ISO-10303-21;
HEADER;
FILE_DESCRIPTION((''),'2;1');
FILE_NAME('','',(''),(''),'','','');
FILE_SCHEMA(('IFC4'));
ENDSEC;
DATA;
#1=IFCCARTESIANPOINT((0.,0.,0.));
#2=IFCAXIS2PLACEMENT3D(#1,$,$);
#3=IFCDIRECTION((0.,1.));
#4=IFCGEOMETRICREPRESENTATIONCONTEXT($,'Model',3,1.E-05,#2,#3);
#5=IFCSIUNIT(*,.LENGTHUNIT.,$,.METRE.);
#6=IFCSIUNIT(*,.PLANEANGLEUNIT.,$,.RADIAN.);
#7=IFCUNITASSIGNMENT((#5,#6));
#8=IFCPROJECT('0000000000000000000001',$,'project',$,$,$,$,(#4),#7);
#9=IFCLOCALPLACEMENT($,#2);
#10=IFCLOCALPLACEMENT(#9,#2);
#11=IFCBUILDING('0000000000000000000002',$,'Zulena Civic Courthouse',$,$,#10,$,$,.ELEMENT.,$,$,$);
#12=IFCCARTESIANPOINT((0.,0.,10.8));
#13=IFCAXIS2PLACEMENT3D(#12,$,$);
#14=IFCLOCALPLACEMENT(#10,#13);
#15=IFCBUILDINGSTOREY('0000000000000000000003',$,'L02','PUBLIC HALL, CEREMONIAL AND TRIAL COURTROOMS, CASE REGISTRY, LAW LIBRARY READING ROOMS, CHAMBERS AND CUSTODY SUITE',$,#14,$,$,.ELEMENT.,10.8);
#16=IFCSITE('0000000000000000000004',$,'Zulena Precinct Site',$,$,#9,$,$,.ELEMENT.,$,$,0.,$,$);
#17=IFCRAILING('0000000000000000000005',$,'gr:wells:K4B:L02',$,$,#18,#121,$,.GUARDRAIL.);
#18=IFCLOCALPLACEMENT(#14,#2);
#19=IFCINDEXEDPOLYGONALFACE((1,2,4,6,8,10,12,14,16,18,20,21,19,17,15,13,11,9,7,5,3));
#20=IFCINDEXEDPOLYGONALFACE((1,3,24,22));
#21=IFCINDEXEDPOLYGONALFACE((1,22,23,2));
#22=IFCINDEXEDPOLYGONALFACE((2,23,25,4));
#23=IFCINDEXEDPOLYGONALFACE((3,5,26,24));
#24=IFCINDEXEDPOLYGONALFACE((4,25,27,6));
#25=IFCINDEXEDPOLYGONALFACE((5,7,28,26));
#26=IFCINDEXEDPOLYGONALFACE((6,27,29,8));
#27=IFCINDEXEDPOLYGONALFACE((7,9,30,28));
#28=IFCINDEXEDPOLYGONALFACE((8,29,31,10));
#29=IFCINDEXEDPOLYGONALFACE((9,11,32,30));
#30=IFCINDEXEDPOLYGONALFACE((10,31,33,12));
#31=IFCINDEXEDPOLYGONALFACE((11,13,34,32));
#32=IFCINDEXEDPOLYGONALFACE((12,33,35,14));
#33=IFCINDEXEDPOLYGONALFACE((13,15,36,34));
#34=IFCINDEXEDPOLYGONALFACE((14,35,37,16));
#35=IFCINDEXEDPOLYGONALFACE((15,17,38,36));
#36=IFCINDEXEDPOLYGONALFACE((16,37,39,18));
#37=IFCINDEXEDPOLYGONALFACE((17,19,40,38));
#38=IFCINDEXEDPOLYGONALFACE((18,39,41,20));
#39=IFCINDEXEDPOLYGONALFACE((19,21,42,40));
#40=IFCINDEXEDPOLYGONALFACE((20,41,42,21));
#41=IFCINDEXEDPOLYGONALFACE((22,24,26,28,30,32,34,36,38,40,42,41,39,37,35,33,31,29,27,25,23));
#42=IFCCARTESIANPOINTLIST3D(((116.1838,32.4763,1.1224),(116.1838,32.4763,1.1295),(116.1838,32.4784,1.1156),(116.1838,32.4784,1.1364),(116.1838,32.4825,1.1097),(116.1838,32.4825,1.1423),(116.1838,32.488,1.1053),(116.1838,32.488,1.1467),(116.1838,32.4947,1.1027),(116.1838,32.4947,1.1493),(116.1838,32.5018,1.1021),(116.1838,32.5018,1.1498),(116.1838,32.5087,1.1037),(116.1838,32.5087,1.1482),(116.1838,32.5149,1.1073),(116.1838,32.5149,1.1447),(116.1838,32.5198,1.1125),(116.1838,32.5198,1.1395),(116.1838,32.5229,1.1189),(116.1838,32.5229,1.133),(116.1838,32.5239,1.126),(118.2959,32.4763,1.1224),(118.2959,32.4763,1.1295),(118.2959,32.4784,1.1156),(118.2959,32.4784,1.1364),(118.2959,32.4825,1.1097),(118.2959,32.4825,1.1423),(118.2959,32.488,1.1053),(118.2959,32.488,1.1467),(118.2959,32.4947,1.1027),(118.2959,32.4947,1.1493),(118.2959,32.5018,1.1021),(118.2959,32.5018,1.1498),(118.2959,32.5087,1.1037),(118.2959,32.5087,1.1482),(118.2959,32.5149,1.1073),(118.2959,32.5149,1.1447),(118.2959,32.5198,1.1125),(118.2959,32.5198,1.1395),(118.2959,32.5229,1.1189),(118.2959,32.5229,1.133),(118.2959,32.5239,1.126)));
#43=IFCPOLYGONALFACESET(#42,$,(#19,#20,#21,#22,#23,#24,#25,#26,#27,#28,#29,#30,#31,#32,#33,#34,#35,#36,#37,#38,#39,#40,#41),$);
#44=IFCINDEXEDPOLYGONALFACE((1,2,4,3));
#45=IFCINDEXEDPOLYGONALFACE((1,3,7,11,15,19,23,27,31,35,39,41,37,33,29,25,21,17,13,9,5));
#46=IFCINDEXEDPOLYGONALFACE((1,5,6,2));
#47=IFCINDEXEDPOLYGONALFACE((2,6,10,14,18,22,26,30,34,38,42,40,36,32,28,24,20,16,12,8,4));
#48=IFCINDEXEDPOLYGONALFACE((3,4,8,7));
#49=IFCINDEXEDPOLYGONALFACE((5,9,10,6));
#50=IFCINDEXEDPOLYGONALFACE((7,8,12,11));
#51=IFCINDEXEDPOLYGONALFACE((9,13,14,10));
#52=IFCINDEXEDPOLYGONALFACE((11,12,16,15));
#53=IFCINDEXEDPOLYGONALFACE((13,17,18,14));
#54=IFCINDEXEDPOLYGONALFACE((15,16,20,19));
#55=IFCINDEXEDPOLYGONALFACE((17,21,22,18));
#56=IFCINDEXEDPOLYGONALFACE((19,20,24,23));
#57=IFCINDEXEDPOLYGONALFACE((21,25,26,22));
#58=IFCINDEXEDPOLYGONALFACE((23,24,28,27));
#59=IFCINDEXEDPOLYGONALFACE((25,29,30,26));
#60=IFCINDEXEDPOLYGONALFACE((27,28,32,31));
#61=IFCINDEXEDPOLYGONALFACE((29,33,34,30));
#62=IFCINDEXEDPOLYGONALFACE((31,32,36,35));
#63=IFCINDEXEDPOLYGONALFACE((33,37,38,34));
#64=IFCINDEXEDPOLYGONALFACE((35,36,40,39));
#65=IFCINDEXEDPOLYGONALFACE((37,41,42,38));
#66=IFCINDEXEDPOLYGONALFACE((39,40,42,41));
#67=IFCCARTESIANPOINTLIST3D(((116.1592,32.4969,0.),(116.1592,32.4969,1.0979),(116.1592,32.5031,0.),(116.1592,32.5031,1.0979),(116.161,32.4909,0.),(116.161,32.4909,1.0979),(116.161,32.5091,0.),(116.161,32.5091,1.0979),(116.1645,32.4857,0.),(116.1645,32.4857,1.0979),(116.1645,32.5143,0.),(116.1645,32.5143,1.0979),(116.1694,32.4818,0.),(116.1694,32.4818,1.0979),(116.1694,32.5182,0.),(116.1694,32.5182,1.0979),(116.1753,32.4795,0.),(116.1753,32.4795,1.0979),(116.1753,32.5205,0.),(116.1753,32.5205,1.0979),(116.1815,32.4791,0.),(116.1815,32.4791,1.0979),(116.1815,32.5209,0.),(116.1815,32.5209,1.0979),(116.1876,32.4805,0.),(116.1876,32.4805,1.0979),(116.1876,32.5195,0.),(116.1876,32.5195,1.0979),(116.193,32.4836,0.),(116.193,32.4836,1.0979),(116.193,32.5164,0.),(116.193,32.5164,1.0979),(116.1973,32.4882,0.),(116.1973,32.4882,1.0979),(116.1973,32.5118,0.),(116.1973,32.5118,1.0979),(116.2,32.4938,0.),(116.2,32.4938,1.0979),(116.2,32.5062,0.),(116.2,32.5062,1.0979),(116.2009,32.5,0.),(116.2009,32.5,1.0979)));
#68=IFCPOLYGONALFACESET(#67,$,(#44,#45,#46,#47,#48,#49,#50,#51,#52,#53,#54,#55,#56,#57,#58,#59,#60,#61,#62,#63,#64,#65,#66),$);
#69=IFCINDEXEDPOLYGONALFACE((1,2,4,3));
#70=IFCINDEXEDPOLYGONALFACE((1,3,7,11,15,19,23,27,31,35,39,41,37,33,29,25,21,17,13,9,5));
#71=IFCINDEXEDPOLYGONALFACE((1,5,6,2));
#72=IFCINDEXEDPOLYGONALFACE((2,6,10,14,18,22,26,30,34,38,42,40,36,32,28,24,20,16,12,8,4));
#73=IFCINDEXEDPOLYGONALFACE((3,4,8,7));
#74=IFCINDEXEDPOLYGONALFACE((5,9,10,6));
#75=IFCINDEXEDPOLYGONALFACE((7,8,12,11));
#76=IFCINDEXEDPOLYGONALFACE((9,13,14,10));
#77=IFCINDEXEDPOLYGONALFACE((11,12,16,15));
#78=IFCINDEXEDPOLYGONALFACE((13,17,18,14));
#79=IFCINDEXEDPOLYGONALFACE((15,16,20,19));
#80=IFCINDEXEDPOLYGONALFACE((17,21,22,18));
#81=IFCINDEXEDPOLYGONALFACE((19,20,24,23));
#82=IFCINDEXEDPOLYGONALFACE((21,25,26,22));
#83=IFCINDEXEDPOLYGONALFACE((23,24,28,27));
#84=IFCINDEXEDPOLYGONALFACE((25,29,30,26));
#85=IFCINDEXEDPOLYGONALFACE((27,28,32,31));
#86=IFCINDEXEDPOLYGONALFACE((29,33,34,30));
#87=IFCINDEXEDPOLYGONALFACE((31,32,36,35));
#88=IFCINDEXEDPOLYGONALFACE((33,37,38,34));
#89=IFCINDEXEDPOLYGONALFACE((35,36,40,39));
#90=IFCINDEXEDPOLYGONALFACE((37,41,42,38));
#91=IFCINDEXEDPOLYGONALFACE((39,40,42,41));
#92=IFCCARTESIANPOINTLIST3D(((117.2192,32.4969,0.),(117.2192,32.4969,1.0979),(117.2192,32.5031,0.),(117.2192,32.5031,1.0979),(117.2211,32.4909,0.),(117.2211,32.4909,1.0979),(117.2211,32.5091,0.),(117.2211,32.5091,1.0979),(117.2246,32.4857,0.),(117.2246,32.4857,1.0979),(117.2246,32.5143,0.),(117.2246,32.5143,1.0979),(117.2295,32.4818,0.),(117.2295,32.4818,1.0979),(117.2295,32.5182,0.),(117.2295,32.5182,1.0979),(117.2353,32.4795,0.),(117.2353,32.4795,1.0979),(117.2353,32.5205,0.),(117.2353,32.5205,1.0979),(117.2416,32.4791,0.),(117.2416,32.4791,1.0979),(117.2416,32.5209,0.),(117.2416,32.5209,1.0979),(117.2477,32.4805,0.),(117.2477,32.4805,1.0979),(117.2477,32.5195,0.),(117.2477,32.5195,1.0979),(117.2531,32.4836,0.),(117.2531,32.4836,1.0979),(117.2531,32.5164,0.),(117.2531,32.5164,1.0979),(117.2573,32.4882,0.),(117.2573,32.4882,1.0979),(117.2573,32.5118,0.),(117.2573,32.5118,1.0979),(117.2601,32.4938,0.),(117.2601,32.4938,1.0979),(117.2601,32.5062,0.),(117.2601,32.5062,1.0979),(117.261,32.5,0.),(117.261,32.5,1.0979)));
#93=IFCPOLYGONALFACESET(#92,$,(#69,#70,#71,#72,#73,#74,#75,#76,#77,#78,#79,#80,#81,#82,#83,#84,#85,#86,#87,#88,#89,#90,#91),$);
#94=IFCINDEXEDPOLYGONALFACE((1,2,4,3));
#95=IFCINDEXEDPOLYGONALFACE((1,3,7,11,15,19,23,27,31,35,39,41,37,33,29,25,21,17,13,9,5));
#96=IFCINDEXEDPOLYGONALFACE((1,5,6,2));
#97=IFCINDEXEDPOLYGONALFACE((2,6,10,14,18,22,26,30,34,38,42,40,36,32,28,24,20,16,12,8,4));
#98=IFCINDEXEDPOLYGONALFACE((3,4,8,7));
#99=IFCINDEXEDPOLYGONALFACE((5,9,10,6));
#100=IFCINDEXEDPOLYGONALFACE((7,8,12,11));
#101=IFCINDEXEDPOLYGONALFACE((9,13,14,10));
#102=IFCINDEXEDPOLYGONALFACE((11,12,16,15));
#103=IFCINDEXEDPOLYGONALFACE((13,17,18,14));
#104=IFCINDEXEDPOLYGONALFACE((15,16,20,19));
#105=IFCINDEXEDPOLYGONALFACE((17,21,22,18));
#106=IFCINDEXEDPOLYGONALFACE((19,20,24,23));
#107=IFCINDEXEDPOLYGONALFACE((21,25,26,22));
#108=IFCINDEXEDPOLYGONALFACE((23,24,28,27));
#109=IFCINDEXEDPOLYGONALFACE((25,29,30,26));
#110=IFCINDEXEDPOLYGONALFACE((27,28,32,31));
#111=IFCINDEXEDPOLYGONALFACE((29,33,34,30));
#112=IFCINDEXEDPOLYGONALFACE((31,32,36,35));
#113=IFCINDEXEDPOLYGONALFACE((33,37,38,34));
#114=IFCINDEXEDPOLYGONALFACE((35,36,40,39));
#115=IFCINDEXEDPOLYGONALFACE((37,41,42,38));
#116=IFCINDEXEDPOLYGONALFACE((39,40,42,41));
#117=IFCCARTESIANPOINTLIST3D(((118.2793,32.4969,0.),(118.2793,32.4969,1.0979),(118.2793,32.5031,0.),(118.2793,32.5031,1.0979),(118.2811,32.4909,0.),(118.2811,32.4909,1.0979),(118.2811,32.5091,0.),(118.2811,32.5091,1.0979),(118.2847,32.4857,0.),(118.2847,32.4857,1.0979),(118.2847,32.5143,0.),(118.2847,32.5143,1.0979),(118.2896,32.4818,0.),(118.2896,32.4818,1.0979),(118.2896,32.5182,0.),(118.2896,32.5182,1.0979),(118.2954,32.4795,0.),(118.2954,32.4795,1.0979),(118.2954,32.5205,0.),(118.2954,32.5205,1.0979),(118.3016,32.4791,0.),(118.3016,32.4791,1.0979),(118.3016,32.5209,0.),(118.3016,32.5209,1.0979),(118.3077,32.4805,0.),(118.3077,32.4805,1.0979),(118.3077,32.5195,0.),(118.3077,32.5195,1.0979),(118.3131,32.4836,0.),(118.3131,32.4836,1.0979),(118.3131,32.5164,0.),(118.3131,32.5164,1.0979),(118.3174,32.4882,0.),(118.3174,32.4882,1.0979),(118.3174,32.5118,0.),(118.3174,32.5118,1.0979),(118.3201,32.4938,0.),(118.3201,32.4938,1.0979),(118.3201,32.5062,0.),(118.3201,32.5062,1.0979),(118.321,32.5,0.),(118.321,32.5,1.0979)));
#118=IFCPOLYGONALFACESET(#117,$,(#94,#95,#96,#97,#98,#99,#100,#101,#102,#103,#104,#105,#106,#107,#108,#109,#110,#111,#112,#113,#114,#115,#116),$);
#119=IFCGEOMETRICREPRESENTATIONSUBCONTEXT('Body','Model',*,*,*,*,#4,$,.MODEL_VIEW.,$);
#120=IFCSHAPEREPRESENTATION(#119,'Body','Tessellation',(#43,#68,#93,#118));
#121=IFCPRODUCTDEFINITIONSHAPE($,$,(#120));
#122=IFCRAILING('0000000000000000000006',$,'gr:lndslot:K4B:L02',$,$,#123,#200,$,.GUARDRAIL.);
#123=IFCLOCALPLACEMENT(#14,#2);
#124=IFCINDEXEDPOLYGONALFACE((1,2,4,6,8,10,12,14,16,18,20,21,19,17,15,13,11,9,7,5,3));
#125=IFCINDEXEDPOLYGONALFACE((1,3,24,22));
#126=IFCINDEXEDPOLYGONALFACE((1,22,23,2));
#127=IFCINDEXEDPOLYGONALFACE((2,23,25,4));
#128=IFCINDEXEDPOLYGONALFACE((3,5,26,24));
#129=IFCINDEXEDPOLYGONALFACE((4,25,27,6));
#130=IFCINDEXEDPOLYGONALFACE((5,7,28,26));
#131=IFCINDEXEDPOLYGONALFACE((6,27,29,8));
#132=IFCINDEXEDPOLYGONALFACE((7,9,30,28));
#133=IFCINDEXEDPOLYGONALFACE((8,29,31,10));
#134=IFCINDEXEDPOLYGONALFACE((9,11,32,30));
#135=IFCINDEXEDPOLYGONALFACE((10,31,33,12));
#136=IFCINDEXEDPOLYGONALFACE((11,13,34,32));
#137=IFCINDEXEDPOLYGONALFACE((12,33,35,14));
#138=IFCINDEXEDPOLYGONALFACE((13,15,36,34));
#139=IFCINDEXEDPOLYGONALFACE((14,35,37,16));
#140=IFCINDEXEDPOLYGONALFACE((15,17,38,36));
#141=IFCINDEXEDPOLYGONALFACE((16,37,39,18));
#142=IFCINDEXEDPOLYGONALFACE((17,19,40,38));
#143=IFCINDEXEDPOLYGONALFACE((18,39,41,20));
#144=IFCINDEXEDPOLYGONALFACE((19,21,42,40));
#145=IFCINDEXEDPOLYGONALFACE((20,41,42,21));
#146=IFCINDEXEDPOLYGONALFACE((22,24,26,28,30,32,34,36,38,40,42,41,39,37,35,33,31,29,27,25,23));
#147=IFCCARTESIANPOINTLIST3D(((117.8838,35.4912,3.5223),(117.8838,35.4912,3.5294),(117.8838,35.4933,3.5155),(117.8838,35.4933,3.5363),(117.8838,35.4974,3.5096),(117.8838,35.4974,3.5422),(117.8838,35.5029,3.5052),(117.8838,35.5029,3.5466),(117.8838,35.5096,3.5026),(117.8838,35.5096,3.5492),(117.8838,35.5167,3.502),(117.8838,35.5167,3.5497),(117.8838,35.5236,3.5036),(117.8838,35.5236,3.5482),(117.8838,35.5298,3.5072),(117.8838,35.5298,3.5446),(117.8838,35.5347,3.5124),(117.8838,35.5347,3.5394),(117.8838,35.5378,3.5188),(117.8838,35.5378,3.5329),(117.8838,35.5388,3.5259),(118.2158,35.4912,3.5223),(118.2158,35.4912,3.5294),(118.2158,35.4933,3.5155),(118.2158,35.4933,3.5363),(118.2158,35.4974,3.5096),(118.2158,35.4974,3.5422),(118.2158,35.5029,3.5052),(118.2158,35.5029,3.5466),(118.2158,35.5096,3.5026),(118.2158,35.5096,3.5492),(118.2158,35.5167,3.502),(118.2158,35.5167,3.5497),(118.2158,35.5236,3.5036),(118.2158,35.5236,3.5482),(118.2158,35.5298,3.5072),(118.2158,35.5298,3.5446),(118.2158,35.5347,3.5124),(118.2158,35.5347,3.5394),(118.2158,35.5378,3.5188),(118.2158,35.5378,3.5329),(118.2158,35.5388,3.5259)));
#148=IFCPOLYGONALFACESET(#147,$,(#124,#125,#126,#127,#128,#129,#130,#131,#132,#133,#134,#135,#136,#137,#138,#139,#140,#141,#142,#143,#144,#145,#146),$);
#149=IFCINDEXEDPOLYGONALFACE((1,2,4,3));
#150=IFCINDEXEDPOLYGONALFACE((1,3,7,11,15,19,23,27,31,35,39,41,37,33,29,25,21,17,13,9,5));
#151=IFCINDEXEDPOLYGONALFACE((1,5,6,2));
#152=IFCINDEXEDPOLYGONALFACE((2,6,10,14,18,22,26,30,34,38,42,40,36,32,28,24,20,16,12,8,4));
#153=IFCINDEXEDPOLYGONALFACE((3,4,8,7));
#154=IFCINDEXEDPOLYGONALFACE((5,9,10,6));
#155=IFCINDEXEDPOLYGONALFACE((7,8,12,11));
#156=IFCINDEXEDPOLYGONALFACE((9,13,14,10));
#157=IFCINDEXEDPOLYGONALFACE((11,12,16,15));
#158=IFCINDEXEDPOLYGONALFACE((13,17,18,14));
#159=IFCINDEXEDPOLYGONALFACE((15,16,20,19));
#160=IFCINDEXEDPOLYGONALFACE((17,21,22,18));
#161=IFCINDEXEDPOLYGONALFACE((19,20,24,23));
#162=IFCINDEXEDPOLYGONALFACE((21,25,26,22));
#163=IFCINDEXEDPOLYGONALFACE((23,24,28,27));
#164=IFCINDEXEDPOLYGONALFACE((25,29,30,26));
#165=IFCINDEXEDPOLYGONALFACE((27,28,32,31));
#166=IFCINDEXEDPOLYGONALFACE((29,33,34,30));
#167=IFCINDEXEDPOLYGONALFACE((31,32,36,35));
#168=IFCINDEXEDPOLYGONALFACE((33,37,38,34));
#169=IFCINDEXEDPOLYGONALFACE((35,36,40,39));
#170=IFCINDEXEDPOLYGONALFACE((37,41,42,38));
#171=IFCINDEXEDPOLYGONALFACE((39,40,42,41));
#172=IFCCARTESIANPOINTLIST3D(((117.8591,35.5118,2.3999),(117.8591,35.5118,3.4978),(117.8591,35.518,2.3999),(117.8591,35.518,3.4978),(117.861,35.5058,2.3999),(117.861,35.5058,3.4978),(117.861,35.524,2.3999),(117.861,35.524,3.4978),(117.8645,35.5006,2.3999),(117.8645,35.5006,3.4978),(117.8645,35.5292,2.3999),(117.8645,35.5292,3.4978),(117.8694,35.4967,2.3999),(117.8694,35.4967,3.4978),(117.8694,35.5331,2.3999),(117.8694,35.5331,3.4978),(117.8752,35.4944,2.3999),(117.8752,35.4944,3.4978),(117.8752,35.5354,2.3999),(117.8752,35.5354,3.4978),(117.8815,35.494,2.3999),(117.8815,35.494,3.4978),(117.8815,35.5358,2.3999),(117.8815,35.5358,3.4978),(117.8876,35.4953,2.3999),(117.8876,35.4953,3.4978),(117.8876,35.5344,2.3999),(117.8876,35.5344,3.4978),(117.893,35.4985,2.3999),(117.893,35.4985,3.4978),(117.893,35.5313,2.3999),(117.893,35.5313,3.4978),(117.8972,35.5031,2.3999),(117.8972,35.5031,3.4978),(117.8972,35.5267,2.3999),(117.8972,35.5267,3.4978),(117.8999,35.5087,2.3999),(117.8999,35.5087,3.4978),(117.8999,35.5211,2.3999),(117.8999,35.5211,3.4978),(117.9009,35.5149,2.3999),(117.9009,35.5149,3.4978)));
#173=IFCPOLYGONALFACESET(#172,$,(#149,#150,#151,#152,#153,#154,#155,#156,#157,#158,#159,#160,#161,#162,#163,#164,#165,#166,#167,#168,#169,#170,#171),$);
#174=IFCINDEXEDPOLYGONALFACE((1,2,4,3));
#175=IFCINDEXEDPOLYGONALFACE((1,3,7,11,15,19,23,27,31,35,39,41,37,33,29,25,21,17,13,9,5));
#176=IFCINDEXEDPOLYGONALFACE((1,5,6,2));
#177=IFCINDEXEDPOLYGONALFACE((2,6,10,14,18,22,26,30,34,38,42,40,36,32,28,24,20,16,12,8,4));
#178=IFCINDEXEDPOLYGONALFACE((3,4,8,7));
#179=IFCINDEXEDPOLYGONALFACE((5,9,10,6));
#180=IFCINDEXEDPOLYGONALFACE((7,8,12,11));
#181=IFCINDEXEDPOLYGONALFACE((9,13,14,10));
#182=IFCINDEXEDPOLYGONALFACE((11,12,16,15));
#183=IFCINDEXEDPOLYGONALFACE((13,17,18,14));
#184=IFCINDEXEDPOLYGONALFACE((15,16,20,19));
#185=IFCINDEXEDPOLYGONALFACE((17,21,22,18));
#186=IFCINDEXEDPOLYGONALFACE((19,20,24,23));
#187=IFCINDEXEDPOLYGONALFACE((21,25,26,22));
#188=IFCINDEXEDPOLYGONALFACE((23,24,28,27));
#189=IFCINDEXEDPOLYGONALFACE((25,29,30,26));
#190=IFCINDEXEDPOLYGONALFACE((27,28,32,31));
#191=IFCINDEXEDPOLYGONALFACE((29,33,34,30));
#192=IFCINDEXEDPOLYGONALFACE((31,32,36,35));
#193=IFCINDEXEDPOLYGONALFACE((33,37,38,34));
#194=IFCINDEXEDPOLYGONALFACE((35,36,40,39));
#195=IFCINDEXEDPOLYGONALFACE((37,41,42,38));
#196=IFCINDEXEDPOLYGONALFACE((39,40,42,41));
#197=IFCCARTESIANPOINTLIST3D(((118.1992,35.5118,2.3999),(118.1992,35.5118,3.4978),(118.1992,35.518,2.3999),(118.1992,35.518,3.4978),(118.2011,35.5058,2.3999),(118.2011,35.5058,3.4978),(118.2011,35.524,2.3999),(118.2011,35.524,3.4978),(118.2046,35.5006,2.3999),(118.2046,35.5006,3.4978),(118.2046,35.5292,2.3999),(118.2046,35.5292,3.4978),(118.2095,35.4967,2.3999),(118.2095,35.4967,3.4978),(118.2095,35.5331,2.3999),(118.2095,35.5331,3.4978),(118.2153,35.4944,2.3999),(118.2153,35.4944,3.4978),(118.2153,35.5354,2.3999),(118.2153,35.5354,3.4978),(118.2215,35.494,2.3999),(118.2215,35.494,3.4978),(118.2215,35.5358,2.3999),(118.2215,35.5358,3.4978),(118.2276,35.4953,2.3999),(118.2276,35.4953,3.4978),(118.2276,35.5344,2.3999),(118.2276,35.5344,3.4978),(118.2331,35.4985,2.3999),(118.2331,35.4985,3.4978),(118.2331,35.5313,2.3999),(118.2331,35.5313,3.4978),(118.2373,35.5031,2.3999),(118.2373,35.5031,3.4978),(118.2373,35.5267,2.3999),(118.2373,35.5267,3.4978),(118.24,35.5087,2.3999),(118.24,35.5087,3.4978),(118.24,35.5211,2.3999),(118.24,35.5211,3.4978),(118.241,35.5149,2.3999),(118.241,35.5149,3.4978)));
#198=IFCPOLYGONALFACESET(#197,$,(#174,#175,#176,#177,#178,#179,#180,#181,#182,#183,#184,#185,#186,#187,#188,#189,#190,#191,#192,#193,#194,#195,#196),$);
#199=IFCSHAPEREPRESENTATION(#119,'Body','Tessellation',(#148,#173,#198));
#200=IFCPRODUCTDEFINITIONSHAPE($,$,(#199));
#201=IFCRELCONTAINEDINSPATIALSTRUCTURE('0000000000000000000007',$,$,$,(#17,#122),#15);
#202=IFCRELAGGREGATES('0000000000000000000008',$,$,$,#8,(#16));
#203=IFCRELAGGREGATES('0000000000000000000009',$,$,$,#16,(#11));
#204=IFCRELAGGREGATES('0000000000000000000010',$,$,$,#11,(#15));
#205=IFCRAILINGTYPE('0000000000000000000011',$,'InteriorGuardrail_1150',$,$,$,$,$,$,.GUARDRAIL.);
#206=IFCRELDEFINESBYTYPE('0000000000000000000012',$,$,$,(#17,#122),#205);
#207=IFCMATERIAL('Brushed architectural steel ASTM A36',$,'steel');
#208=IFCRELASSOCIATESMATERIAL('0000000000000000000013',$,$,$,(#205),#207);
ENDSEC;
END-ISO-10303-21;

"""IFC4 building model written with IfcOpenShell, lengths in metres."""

from ifc_helpers import new_model, si_unit, direction, frame, origin, origin_2d, place, context, subcontext, project, spatial, circle, extrude, material, type_object, element, save


model = new_model("IFC4")

# Units and contexts
model_context = context("Model", 3, precision=1e-05, world=origin(), true_north=direction((0.0, 1.0)))
body_context = subcontext(model_context, "Body", "Model", "MODEL_VIEW")
ifc_project = project(units=[si_unit("LENGTHUNIT", "METRE"), si_unit("PLANEANGLEUNIT", "RADIAN")], contexts=[model_context])

# Site, building, storey
site_placement = place(None, origin())
site = spatial("IfcSite", under=ifc_project, at=site_placement, Name="Zulena Precinct Site", CompositionType="ELEMENT", RefElevation=0.0)
building_placement = place(site_placement, origin())
building = spatial("IfcBuilding", under=site, at=building_placement, Name="Zulena Civic Courthouse", CompositionType="ELEMENT")
storey_placement = place(building_placement, frame((0.0, 0.0, 10.8)))
storey = spatial("IfcBuildingStorey", under=building, at=storey_placement, Name="L02", Description="PUBLIC HALL, CEREMONIAL AND TRIAL COURTROOMS, CASE REGISTRY, LAW LIBRARY READING ROOMS, CHAMBERS AND CUSTODY SUITE", CompositionType="ELEMENT", Elevation=10.8)

# Railings
ifc_material_1 = material(Name="Brushed architectural steel ASTM A36", Category="steel")
railing_type_1 = type_object("IfcRailingType", Name="InteriorGuardrail_1150", PredefinedType="GUARDRAIL", material=ifc_material_1)
railing_1_placement = place(storey_placement, frame((116.1799, 32.5, 0.0)))
element("IfcRailing", 1, at=railing_1_placement, inside=storey, type_object=railing_type_1, Name="gr:wells:K4B:L02", PredefinedType="GUARDRAIL", context=body_context, shape_type="SweptSolid", body=[
    extrude(circle(Radius=0.0239, at=origin_2d()), frame((0.0039, 0.0, 1.126), z_axis=(1.0, 0.0, 0.0), x_axis=(0.0, 1.0, 0.0)), (0.0, 0.0, 1.0), 2.1121),
    extrude(circle(Radius=0.021, at=origin_2d()), origin(), (0.0, 0.0, 1.0), 1.0979),
    extrude(circle(Radius=0.021, at=origin_2d()), frame((1.0601, 0.0, 0.0)), (0.0, 0.0, 1.0), 1.0979),
    extrude(circle(Radius=0.021, at=origin_2d()), frame((2.1201, 0.0, 0.0)), (0.0, 0.0, 1.0), 1.0979),
])
railing_2_placement = place(storey_placement, frame((117.8799, 35.5149, 2.3999)))
element("IfcRailing", 2, at=railing_2_placement, inside=storey, type_object=railing_type_1, Name="gr:lndslot:K4B:L02", PredefinedType="GUARDRAIL", context=body_context, shape_type="SweptSolid", body=[
    extrude(circle(Radius=0.0239, at=origin_2d()), frame((0.0039, 0.0, 1.126), z_axis=(1.0, 0.0, 0.0), x_axis=(0.0, 1.0, 0.0)), (0.0, 0.0, 1.0), 0.332),
    extrude(circle(Radius=0.021, at=origin_2d()), origin(), (0.0, 0.0, 1.0), 1.0979),
    extrude(circle(Radius=0.021, at=origin_2d()), frame((0.3401, 0.0, 0.0)), (0.0, 0.0, 1.0), 1.0979),
])

save(model, "model.ifc")
